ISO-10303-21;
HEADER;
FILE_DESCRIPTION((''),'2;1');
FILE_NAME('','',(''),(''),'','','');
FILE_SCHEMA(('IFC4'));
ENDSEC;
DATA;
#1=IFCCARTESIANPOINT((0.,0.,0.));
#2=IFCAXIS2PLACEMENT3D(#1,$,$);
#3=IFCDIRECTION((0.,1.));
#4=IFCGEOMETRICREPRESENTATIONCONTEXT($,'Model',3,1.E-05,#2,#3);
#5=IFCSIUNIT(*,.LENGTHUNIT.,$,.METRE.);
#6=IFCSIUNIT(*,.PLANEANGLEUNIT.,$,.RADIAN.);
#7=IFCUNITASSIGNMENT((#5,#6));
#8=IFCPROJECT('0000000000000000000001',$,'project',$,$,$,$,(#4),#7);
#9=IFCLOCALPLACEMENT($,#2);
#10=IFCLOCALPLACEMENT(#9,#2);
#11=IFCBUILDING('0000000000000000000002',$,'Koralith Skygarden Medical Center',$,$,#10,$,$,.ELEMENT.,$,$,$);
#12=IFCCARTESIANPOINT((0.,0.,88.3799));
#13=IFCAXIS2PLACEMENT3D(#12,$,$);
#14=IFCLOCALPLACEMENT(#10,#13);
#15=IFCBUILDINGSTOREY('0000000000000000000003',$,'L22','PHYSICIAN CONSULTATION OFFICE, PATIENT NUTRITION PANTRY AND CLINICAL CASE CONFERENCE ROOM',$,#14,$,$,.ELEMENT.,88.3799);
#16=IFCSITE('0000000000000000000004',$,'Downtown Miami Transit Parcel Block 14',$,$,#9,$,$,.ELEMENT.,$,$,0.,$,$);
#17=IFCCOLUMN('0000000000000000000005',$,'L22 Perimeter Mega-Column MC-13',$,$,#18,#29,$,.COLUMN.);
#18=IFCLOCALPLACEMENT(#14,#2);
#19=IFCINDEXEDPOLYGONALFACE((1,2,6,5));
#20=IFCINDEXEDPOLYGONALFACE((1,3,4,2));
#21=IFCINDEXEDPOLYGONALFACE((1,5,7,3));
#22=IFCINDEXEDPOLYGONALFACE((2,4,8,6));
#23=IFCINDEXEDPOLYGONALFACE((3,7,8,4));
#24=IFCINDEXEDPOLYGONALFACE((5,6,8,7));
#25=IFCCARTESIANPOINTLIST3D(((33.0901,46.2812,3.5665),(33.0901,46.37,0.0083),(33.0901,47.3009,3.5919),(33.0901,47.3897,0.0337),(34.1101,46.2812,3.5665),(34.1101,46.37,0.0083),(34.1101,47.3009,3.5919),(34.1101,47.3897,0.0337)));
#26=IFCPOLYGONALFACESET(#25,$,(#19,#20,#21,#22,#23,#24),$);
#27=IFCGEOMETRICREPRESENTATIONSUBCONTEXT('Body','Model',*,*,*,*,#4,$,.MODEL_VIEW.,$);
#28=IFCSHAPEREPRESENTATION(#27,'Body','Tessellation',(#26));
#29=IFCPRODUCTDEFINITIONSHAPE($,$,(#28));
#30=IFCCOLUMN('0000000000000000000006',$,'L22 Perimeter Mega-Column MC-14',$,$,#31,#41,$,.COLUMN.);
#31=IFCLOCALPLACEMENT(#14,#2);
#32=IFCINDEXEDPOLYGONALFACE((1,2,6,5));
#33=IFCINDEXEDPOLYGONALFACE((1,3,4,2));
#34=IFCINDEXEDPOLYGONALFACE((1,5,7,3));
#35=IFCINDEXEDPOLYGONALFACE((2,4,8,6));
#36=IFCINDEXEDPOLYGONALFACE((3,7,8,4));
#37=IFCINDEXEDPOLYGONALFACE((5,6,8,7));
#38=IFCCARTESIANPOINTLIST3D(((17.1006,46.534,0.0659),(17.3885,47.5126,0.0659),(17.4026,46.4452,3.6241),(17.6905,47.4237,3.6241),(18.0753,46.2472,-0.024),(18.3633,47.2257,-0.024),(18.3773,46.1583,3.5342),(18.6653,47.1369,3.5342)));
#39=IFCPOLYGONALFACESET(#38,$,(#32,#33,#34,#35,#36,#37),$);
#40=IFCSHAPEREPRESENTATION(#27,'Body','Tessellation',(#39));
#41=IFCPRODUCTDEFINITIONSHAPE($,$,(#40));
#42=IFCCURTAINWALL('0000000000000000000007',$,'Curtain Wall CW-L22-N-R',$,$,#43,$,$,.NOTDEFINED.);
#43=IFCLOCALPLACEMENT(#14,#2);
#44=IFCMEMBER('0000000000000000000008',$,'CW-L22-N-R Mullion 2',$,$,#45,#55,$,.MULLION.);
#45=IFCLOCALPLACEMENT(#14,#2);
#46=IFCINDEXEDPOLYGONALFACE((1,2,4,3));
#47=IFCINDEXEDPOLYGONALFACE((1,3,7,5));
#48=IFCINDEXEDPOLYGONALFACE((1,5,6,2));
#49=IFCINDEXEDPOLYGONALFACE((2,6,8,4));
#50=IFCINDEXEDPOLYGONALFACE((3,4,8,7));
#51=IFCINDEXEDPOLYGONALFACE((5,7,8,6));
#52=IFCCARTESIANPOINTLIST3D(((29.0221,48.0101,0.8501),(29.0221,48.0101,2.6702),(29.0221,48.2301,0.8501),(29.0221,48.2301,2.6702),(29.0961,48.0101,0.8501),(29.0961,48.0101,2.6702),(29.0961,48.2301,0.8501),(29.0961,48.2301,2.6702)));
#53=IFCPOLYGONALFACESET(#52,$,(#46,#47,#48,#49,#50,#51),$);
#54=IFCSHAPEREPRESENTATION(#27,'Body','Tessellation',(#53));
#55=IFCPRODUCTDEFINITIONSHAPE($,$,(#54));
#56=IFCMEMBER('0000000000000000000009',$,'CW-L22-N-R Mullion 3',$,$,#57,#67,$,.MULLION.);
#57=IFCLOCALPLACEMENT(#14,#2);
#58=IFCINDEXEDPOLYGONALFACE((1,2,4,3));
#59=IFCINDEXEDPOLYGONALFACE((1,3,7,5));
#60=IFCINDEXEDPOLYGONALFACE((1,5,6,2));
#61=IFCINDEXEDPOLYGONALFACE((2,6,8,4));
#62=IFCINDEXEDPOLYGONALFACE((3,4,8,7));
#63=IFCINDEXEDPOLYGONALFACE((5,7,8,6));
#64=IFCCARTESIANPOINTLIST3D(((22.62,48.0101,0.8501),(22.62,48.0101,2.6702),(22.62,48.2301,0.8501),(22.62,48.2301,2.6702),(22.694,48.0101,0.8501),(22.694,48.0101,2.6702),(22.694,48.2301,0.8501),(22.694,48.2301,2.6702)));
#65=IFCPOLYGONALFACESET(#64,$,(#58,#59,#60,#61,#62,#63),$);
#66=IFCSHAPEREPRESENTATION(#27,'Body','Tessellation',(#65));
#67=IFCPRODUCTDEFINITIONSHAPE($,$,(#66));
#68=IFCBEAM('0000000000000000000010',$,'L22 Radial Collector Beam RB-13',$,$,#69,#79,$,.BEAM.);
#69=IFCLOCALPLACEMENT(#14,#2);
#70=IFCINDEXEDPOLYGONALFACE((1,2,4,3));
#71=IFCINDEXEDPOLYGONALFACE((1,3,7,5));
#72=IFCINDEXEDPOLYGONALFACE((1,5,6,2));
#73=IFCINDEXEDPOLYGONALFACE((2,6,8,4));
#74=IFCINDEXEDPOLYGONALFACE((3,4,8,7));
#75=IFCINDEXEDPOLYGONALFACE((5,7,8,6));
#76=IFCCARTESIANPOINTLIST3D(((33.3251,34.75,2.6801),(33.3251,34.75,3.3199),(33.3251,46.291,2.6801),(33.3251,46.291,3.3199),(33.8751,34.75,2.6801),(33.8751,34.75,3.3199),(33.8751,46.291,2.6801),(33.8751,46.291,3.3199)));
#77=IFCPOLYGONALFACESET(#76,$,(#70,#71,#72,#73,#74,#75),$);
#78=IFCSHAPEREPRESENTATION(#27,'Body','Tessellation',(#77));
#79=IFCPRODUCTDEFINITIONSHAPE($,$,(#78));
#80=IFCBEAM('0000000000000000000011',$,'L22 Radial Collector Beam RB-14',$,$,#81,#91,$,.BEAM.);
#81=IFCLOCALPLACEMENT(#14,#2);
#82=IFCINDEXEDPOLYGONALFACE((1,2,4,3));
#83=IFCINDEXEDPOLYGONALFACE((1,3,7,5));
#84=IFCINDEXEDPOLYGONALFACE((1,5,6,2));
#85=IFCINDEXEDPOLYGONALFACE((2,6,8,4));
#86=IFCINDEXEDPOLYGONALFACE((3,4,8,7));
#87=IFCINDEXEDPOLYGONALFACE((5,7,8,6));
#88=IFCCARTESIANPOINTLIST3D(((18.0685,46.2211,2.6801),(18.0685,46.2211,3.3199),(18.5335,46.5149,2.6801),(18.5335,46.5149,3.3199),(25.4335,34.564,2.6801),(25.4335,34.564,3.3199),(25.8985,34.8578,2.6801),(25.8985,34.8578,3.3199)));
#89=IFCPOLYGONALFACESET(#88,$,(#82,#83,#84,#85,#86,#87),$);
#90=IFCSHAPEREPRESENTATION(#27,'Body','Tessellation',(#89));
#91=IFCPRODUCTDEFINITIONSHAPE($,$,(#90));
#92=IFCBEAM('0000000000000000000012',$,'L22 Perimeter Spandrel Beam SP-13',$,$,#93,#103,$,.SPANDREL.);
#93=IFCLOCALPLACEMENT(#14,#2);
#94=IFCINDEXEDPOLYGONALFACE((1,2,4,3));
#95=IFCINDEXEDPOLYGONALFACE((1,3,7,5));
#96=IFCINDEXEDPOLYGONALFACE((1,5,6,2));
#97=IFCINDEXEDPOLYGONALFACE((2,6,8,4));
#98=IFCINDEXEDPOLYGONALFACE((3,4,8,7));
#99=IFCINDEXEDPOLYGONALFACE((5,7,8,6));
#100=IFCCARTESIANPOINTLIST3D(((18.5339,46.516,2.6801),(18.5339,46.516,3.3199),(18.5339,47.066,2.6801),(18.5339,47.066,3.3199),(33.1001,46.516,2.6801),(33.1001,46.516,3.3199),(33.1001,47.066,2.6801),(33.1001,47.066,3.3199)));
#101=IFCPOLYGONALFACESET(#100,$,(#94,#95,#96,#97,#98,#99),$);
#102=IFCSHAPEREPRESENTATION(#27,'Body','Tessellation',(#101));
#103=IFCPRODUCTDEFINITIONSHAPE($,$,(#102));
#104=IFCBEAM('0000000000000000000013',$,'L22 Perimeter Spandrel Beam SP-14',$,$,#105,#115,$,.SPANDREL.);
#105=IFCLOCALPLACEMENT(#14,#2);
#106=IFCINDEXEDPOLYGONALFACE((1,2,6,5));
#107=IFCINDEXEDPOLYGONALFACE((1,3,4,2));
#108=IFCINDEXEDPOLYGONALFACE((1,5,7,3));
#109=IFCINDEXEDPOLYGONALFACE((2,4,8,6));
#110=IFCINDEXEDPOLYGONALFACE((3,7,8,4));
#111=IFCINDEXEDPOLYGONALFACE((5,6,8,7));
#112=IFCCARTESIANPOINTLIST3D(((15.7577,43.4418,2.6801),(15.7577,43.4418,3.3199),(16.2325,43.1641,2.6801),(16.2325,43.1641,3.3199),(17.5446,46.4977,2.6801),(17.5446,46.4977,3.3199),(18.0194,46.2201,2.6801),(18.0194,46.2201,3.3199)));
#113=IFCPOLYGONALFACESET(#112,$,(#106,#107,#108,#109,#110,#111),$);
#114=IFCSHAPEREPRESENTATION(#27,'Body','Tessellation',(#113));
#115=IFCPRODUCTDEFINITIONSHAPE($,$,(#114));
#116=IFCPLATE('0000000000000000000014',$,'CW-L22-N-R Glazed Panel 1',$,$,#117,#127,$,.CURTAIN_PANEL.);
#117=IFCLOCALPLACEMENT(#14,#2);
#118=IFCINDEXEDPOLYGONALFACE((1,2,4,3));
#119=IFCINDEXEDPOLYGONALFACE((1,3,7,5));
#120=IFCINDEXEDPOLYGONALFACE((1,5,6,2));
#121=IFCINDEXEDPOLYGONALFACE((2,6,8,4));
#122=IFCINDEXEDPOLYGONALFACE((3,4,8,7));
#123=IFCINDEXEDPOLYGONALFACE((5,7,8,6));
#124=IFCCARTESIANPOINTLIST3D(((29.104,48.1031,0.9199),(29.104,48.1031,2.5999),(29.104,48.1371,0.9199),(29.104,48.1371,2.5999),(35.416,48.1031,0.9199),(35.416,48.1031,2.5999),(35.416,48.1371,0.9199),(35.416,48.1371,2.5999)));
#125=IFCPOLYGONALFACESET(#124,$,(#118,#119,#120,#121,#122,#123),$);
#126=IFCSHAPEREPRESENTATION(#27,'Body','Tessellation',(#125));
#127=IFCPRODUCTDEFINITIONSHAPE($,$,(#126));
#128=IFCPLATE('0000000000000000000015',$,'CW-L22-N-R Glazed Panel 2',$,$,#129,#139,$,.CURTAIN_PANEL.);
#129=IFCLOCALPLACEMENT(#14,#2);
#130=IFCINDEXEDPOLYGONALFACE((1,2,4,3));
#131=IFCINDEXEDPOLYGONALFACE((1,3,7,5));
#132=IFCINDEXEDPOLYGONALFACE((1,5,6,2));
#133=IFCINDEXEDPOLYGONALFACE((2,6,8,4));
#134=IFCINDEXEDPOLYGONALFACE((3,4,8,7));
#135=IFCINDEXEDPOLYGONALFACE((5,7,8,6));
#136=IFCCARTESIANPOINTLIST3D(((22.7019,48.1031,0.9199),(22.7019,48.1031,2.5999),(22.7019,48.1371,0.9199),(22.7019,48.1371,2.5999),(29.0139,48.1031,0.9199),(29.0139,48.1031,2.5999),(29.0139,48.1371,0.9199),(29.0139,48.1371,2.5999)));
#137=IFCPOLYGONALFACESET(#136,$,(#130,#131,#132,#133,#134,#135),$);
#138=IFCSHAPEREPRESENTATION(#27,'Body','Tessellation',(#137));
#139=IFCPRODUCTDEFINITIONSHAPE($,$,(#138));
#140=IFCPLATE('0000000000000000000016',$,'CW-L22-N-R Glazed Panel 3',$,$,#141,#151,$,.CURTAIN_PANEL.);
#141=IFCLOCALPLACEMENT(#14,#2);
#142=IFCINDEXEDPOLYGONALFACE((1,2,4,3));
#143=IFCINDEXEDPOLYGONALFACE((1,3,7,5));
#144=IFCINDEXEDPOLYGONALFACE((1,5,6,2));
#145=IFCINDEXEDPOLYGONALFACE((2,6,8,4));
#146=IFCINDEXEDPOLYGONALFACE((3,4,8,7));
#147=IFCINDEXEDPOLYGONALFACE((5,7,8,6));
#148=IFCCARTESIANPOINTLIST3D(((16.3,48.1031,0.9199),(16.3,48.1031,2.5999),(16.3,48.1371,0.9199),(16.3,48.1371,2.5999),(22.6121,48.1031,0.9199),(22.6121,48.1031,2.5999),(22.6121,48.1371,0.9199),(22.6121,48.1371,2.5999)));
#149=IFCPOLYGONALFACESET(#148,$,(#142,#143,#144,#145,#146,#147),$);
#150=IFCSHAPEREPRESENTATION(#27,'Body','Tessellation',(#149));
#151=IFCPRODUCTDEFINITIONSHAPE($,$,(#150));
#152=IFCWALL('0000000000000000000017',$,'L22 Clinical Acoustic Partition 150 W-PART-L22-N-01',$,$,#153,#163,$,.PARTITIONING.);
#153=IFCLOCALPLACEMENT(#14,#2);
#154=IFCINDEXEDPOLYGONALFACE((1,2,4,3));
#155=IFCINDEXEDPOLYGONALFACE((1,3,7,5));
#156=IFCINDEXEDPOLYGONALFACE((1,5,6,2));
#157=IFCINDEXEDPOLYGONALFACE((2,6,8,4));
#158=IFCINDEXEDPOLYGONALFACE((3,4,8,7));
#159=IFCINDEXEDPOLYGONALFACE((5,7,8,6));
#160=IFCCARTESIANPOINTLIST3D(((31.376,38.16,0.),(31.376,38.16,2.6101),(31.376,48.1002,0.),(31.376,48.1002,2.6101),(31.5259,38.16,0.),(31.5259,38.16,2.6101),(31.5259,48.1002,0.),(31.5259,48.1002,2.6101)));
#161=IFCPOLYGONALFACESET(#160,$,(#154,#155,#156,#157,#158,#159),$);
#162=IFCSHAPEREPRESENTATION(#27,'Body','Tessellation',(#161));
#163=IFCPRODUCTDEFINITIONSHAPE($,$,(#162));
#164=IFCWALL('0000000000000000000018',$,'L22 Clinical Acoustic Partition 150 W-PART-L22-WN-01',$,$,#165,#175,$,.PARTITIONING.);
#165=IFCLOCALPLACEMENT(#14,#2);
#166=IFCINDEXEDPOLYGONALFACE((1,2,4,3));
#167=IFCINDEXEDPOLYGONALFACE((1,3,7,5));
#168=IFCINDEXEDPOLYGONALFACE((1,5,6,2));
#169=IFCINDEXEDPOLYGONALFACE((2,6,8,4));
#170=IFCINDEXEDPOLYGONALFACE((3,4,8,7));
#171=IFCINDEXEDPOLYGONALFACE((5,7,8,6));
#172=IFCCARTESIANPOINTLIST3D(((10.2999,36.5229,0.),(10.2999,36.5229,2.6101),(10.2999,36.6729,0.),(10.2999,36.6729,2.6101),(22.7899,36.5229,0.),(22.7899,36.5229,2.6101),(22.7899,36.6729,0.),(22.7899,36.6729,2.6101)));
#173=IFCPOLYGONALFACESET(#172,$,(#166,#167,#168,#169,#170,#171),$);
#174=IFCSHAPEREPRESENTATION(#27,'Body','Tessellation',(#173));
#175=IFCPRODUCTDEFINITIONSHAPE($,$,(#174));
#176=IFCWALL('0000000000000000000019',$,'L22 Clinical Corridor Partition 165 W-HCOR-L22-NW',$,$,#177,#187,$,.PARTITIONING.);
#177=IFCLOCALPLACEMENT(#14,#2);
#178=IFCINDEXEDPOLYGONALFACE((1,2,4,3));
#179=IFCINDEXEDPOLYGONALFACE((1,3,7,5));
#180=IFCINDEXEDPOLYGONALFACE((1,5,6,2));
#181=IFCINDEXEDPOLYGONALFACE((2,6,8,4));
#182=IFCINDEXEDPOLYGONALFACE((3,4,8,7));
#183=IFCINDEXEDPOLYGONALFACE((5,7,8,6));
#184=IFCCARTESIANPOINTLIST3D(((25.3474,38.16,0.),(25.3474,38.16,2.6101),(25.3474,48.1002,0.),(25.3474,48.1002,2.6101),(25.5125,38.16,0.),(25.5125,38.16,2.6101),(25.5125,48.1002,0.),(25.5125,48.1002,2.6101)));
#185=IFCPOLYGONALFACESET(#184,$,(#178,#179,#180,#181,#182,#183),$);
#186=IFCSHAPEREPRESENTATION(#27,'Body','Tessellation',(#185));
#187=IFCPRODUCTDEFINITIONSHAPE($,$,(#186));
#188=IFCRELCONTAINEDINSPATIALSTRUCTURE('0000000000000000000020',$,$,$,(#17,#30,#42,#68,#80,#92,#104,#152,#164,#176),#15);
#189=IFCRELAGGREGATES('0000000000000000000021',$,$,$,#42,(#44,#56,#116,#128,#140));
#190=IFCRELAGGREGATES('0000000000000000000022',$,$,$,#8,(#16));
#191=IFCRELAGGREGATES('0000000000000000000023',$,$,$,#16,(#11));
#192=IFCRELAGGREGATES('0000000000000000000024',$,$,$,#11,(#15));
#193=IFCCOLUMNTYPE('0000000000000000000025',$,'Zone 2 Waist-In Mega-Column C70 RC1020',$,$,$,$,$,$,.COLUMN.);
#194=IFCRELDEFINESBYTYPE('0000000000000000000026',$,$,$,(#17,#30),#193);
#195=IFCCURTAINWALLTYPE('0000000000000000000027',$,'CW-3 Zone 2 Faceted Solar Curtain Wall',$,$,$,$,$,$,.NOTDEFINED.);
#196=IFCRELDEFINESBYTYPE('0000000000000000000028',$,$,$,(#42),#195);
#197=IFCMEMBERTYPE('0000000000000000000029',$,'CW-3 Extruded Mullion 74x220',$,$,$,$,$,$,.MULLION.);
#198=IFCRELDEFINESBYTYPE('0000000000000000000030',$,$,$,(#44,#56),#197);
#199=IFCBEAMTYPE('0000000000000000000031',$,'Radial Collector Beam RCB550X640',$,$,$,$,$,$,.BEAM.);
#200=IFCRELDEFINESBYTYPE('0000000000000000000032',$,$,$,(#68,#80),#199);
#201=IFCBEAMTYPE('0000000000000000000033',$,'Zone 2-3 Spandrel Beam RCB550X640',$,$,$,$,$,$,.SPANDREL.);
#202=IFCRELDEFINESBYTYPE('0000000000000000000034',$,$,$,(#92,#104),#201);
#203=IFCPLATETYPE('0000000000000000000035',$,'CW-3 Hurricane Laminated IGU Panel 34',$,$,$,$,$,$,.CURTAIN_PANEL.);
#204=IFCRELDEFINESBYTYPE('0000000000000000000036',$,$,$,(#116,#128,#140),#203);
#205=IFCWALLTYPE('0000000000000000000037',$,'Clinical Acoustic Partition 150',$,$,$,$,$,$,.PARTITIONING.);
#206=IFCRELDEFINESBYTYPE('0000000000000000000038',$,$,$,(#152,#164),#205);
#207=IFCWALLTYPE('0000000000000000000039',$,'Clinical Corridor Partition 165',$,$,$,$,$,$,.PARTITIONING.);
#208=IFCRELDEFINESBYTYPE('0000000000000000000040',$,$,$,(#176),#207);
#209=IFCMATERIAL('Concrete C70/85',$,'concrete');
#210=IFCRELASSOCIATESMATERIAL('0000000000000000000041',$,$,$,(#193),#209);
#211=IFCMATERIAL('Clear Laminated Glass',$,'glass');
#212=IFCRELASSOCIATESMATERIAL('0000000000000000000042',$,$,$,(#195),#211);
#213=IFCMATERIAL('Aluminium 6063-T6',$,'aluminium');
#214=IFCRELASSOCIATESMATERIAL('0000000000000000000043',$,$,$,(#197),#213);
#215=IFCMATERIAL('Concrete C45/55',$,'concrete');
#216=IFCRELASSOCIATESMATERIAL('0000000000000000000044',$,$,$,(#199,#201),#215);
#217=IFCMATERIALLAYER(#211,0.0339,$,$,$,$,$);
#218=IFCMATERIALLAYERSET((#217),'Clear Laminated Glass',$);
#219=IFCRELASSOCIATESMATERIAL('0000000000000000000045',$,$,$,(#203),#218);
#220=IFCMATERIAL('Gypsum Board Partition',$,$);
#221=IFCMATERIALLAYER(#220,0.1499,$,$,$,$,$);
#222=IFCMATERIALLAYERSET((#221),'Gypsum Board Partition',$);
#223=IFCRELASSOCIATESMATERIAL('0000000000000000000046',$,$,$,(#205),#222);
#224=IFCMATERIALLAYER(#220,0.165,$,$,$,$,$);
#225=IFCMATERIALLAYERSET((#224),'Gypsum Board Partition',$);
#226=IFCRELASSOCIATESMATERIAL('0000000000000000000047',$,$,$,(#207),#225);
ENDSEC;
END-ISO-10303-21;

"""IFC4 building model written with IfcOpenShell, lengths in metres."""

from ifc_helpers import new_model, si_unit, direction, frame, frame_2d, origin, origin_2d, place, context, subcontext, project, spatial, rectangle, extrude, material, layer, layer_set, material_profile, profile_set, type_object, element, aggregate, save


model = new_model("IFC4")

# Units and contexts
model_context = context("Model", 3, precision=1e-05, world=origin(), true_north=direction((0.0, 1.0)))
body_context = subcontext(model_context, "Body", "Model", "MODEL_VIEW")
ifc_project = project(units=[si_unit("LENGTHUNIT", "METRE"), si_unit("PLANEANGLEUNIT", "RADIAN")], contexts=[model_context])

# Site, building, storey
site_placement = place(None, origin())
site = spatial("IfcSite", under=ifc_project, at=site_placement, Name="Downtown Miami Transit Parcel Block 14", CompositionType="ELEMENT", RefElevation=0.0)
building_placement = place(site_placement, origin())
building = spatial("IfcBuilding", under=site, at=building_placement, Name="Koralith Skygarden Medical Center", CompositionType="ELEMENT")
storey_placement = place(building_placement, frame((0.0, 0.0, 88.3799)))
storey = spatial("IfcBuildingStorey", under=building, at=storey_placement, Name="L22", Description="PHYSICIAN CONSULTATION OFFICE, PATIENT NUTRITION PANTRY AND CLINICAL CASE CONFERENCE ROOM", CompositionType="ELEMENT", Elevation=88.3799)

# Columns
ifc_material_1 = material(Name="Concrete C70/85", Category="concrete")
ifc_material_profile_1 = material_profile(ifc_material_1, rectangle(XDim=1.02, YDim=1.02, at=origin_2d()), Name="RC1020X1020")
ifc_profile_set_1 = profile_set([ifc_material_profile_1], Name="Concrete C70/85")
column_type = type_object("IfcColumnType", Name="Zone 2 Waist-In Mega-Column C70 RC1020", PredefinedType="COLUMN", material=ifc_profile_set_1)
column_1_placement = place(storey_placement, frame((33.6001, 46.8799, 0.021), z_axis=(0.0, -0.024968, 0.999688), x_axis=(1.0, 0.0, 0.0)))
element("IfcColumn", 1, at=column_1_placement, inside=storey, type_object=column_type, Name="L22 Perimeter Mega-Column MC-13", PredefinedType="COLUMN", context=body_context, shape_type="SweptSolid", body=[
    extrude(rectangle(XDim=1.02, YDim=1.02, at=origin_2d()), origin(), (0.0, 0.0, 1.0), 3.5593),
])
column_2_placement = place(storey_placement, frame((17.7319, 46.8799, 0.021), z_axis=(0.084547, -0.024879, 0.996109), x_axis=(0.282292, 0.959328, 0.0)))
element("IfcColumn", 2, at=column_2_placement, inside=storey, type_object=column_type, Name="L22 Perimeter Mega-Column MC-14", PredefinedType="COLUMN", context=body_context, shape_type="SweptSolid", body=[
    extrude(rectangle(XDim=1.02, YDim=1.02, at=origin_2d()), origin(), (0.0, 0.0, 1.0), 3.572),
])

# Curtain wall, members
ifc_material_2 = material(Name="Clear Laminated Glass", Category="glass")
curtain_wall_type = type_object("IfcCurtainWallType", Name="CW-3 Zone 2 Faceted Solar Curtain Wall", PredefinedType="NOTDEFINED", material=ifc_material_2)
curtain_wall_placement = place(storey_placement, origin())
curtain_wall = element("IfcCurtainWall", 3, at=curtain_wall_placement, inside=storey, type_object=curtain_wall_type, Name="Curtain Wall CW-L22-N-R", PredefinedType="NOTDEFINED")
ifc_material_3 = material(Name="Aluminium 6063-T6", Category="aluminium")
ifc_material_profile_2 = material_profile(ifc_material_3, rectangle(XDim=0.074, YDim=0.22, at=origin_2d()), Name="MUL74X220")
ifc_profile_set_2 = profile_set([ifc_material_profile_2], Name="Aluminium 6063-T6")
member_type = type_object("IfcMemberType", Name="CW-3 Extruded Mullion 74x220", PredefinedType="MULLION", material=ifc_profile_set_2)
member_1_placement = place(storey_placement, frame((29.0591, 48.1201, 0.8501), z_axis=(0.0, 0.0, 1.0), x_axis=(1.0, 0.0, 0.0)))
member_1 = element("IfcMember", 4, at=member_1_placement, type_object=member_type, Name="CW-L22-N-R Mullion 2", PredefinedType="MULLION", context=body_context, shape_type="SweptSolid", body=[
    extrude(rectangle(XDim=0.074, YDim=0.22, at=origin_2d()), origin(), (0.0, 0.0, 1.0), 1.8201),
])
member_2_placement = place(storey_placement, frame((22.657, 48.1201, 0.8501), z_axis=(0.0, 0.0, 1.0), x_axis=(1.0, 0.0, 0.0)))
member_2 = element("IfcMember", 5, at=member_2_placement, type_object=member_type, Name="CW-L22-N-R Mullion 3", PredefinedType="MULLION", context=body_context, shape_type="SweptSolid", body=[
    extrude(rectangle(XDim=0.074, YDim=0.22, at=origin_2d()), origin(), (0.0, 0.0, 1.0), 1.8201),
])

# Beams
ifc_material_4 = material(Name="Concrete C45/55", Category="concrete")
ifc_material_profile_3 = material_profile(ifc_material_4, rectangle(XDim=0.55, YDim=0.6399, at=origin_2d()), Name="RCB550X640")
ifc_profile_set_3 = profile_set([ifc_material_profile_3], Name="Concrete C45/55")
beam_type_1 = type_object("IfcBeamType", Name="Radial Collector Beam RCB550X640", PredefinedType="BEAM", material=ifc_profile_set_3)
beam_1_placement = place(storey_placement, frame((33.6001, 34.75, 3.0), z_axis=(0.0, 1.0, 0.0), x_axis=(-1.0, 0.0, 0.0)))
element("IfcBeam", 6, at=beam_1_placement, inside=storey, type_object=beam_type_1, Name="L22 Radial Collector Beam RB-13", PredefinedType="BEAM", context=body_context, shape_type="SweptSolid", body=[
    extrude(rectangle(XDim=0.55, YDim=0.6399, at=origin_2d()), origin(), (0.0, 0.0, 1.0), 11.541),
])
beam_2_placement = place(storey_placement, frame((25.666, 34.7109, 3.0), z_axis=(-0.534132, 0.845401, 0.0), x_axis=(-0.845401, -0.534132, 0.0)))
element("IfcBeam", 7, at=beam_2_placement, inside=storey, type_object=beam_type_1, Name="L22 Radial Collector Beam RB-14", PredefinedType="BEAM", context=body_context, shape_type="SweptSolid", body=[
    extrude(rectangle(XDim=0.55, YDim=0.6399, at=origin_2d()), origin(), (0.0, 0.0, 1.0), 13.7888),
])
ifc_material_profile_4 = material_profile(ifc_material_4, rectangle(XDim=0.55, YDim=0.6399, at=origin_2d()), Name="RCB550X640")
ifc_profile_set_4 = profile_set([ifc_material_profile_4], Name="Concrete C45/55")
beam_type_2 = type_object("IfcBeamType", Name="Zone 2-3 Spandrel Beam RCB550X640", PredefinedType="SPANDREL", material=ifc_profile_set_4)
beam_3_placement = place(storey_placement, frame((33.1001, 46.791, 3.0), z_axis=(-1.0, 0.0, 0.0), x_axis=(0.0, -1.0, 0.0)))
element("IfcBeam", 8, at=beam_3_placement, inside=storey, type_object=beam_type_2, Name="L22 Perimeter Spandrel Beam SP-13", PredefinedType="SPANDREL", context=body_context, shape_type="SweptSolid", body=[
    extrude(rectangle(XDim=0.55, YDim=0.6399, at=origin_2d()), origin(), (0.0, 0.0, 1.0), 14.5662),
])
beam_4_placement = place(storey_placement, frame((17.782, 46.3589, 3.0), z_axis=(-0.504767, -0.863256, 0.0), x_axis=(0.863256, -0.504767, 0.0)))
element("IfcBeam", 9, at=beam_4_placement, inside=storey, type_object=beam_type_2, Name="L22 Perimeter Spandrel Beam SP-14", PredefinedType="SPANDREL", context=body_context, shape_type="SweptSolid", body=[
    extrude(rectangle(XDim=0.55, YDim=0.6399, at=origin_2d()), origin(), (0.0, 0.0, 1.0), 3.54),
])

# Plates
ifc_layer_1 = layer(ifc_material_2, 0.0339)
ifc_layer_set_1 = layer_set([ifc_layer_1], Name="Clear Laminated Glass")
plate_type = type_object("IfcPlateType", Name="CW-3 Hurricane Laminated IGU Panel 34", PredefinedType="CURTAIN_PANEL", material=ifc_layer_set_1)
plate_1_placement = place(storey_placement, frame((32.26, 48.1201, 0.9199), z_axis=(0.0, 0.0, 1.0), x_axis=(-1.0, 0.0, 0.0)))
plate_1 = element("IfcPlate", 10, at=plate_1_placement, type_object=plate_type, Name="CW-L22-N-R Glazed Panel 1", PredefinedType="CURTAIN_PANEL", context=body_context, shape_type="SweptSolid", body=[
    extrude(rectangle(XDim=6.312, YDim=0.0339, at=origin_2d()), origin(), (0.0, 0.0, 1.0), 1.6799),
])
plate_2_placement = place(storey_placement, frame((25.8579, 48.1201, 0.9199), z_axis=(0.0, 0.0, 1.0), x_axis=(-1.0, 0.0, 0.0)))
plate_2 = element("IfcPlate", 11, at=plate_2_placement, type_object=plate_type, Name="CW-L22-N-R Glazed Panel 2", PredefinedType="CURTAIN_PANEL", context=body_context, shape_type="SweptSolid", body=[
    extrude(rectangle(XDim=6.312, YDim=0.0339, at=origin_2d()), origin(), (0.0, 0.0, 1.0), 1.6799),
])
plate_3_placement = place(storey_placement, frame((19.4561, 48.1201, 0.9199), z_axis=(0.0, 0.0, 1.0), x_axis=(-1.0, 0.0, 0.0)))
plate_3 = element("IfcPlate", 12, at=plate_3_placement, type_object=plate_type, Name="CW-L22-N-R Glazed Panel 3", PredefinedType="CURTAIN_PANEL", context=body_context, shape_type="SweptSolid", body=[
    extrude(rectangle(XDim=6.312, YDim=0.0339, at=origin_2d()), origin(), (0.0, 0.0, 1.0), 1.6799),
])
aggregate(curtain_wall, [member_1, member_2, plate_1, plate_2, plate_3])

# Walls
ifc_material_5 = material(Name="Gypsum Board Partition")
ifc_layer_2 = layer(ifc_material_5, 0.1499)
ifc_layer_set_2 = layer_set([ifc_layer_2], Name="Gypsum Board Partition")
wall_type_1 = type_object("IfcWallType", Name="Clinical Acoustic Partition 150", PredefinedType="PARTITIONING", material=ifc_layer_set_2)
wall_1_placement = place(storey_placement, frame((31.4509, 38.1599, 0.0), z_axis=(0.0, 0.0, 1.0), x_axis=(0.0, 1.0, 0.0)))
element("IfcWall", 13, at=wall_1_placement, inside=storey, type_object=wall_type_1, Name="L22 Clinical Acoustic Partition 150 W-PART-L22-N-01", PredefinedType="PARTITIONING", context=body_context, shape_type="SweptSolid", body=[
    extrude(rectangle(XDim=9.9402, YDim=0.1499, at=frame_2d((4.9702, 0.0))), origin(), (0.0, 0.0, 1.0), 2.6101),
])
wall_2_placement = place(storey_placement, frame((22.79, 36.5979, 0.0), z_axis=(0.0, 0.0, 1.0), x_axis=(-1.0, 0.0, 0.0)))
element("IfcWall", 14, at=wall_2_placement, inside=storey, type_object=wall_type_1, Name="L22 Clinical Acoustic Partition 150 W-PART-L22-WN-01", PredefinedType="PARTITIONING", context=body_context, shape_type="SweptSolid", body=[
    extrude(rectangle(XDim=12.49, YDim=0.1499, at=frame_2d((6.2451, 0.0))), origin(), (0.0, 0.0, 1.0), 2.6101),
])
ifc_layer_3 = layer(ifc_material_5, 0.165)
ifc_layer_set_3 = layer_set([ifc_layer_3], Name="Gypsum Board Partition")
wall_type_2 = type_object("IfcWallType", Name="Clinical Corridor Partition 165", PredefinedType="PARTITIONING", material=ifc_layer_set_3)
wall_3_placement = place(storey_placement, frame((25.4299, 38.1599, 0.0), z_axis=(0.0, 0.0, 1.0), x_axis=(0.0, 1.0, 0.0)))
element("IfcWall", 15, at=wall_3_placement, inside=storey, type_object=wall_type_2, Name="L22 Clinical Corridor Partition 165 W-HCOR-L22-NW", PredefinedType="PARTITIONING", context=body_context, shape_type="SweptSolid", body=[
    extrude(rectangle(XDim=9.9402, YDim=0.165, at=frame_2d((4.9702, 0.0))), origin(), (0.0, 0.0, 1.0), 2.6101),
])

save(model, "model.ifc")
